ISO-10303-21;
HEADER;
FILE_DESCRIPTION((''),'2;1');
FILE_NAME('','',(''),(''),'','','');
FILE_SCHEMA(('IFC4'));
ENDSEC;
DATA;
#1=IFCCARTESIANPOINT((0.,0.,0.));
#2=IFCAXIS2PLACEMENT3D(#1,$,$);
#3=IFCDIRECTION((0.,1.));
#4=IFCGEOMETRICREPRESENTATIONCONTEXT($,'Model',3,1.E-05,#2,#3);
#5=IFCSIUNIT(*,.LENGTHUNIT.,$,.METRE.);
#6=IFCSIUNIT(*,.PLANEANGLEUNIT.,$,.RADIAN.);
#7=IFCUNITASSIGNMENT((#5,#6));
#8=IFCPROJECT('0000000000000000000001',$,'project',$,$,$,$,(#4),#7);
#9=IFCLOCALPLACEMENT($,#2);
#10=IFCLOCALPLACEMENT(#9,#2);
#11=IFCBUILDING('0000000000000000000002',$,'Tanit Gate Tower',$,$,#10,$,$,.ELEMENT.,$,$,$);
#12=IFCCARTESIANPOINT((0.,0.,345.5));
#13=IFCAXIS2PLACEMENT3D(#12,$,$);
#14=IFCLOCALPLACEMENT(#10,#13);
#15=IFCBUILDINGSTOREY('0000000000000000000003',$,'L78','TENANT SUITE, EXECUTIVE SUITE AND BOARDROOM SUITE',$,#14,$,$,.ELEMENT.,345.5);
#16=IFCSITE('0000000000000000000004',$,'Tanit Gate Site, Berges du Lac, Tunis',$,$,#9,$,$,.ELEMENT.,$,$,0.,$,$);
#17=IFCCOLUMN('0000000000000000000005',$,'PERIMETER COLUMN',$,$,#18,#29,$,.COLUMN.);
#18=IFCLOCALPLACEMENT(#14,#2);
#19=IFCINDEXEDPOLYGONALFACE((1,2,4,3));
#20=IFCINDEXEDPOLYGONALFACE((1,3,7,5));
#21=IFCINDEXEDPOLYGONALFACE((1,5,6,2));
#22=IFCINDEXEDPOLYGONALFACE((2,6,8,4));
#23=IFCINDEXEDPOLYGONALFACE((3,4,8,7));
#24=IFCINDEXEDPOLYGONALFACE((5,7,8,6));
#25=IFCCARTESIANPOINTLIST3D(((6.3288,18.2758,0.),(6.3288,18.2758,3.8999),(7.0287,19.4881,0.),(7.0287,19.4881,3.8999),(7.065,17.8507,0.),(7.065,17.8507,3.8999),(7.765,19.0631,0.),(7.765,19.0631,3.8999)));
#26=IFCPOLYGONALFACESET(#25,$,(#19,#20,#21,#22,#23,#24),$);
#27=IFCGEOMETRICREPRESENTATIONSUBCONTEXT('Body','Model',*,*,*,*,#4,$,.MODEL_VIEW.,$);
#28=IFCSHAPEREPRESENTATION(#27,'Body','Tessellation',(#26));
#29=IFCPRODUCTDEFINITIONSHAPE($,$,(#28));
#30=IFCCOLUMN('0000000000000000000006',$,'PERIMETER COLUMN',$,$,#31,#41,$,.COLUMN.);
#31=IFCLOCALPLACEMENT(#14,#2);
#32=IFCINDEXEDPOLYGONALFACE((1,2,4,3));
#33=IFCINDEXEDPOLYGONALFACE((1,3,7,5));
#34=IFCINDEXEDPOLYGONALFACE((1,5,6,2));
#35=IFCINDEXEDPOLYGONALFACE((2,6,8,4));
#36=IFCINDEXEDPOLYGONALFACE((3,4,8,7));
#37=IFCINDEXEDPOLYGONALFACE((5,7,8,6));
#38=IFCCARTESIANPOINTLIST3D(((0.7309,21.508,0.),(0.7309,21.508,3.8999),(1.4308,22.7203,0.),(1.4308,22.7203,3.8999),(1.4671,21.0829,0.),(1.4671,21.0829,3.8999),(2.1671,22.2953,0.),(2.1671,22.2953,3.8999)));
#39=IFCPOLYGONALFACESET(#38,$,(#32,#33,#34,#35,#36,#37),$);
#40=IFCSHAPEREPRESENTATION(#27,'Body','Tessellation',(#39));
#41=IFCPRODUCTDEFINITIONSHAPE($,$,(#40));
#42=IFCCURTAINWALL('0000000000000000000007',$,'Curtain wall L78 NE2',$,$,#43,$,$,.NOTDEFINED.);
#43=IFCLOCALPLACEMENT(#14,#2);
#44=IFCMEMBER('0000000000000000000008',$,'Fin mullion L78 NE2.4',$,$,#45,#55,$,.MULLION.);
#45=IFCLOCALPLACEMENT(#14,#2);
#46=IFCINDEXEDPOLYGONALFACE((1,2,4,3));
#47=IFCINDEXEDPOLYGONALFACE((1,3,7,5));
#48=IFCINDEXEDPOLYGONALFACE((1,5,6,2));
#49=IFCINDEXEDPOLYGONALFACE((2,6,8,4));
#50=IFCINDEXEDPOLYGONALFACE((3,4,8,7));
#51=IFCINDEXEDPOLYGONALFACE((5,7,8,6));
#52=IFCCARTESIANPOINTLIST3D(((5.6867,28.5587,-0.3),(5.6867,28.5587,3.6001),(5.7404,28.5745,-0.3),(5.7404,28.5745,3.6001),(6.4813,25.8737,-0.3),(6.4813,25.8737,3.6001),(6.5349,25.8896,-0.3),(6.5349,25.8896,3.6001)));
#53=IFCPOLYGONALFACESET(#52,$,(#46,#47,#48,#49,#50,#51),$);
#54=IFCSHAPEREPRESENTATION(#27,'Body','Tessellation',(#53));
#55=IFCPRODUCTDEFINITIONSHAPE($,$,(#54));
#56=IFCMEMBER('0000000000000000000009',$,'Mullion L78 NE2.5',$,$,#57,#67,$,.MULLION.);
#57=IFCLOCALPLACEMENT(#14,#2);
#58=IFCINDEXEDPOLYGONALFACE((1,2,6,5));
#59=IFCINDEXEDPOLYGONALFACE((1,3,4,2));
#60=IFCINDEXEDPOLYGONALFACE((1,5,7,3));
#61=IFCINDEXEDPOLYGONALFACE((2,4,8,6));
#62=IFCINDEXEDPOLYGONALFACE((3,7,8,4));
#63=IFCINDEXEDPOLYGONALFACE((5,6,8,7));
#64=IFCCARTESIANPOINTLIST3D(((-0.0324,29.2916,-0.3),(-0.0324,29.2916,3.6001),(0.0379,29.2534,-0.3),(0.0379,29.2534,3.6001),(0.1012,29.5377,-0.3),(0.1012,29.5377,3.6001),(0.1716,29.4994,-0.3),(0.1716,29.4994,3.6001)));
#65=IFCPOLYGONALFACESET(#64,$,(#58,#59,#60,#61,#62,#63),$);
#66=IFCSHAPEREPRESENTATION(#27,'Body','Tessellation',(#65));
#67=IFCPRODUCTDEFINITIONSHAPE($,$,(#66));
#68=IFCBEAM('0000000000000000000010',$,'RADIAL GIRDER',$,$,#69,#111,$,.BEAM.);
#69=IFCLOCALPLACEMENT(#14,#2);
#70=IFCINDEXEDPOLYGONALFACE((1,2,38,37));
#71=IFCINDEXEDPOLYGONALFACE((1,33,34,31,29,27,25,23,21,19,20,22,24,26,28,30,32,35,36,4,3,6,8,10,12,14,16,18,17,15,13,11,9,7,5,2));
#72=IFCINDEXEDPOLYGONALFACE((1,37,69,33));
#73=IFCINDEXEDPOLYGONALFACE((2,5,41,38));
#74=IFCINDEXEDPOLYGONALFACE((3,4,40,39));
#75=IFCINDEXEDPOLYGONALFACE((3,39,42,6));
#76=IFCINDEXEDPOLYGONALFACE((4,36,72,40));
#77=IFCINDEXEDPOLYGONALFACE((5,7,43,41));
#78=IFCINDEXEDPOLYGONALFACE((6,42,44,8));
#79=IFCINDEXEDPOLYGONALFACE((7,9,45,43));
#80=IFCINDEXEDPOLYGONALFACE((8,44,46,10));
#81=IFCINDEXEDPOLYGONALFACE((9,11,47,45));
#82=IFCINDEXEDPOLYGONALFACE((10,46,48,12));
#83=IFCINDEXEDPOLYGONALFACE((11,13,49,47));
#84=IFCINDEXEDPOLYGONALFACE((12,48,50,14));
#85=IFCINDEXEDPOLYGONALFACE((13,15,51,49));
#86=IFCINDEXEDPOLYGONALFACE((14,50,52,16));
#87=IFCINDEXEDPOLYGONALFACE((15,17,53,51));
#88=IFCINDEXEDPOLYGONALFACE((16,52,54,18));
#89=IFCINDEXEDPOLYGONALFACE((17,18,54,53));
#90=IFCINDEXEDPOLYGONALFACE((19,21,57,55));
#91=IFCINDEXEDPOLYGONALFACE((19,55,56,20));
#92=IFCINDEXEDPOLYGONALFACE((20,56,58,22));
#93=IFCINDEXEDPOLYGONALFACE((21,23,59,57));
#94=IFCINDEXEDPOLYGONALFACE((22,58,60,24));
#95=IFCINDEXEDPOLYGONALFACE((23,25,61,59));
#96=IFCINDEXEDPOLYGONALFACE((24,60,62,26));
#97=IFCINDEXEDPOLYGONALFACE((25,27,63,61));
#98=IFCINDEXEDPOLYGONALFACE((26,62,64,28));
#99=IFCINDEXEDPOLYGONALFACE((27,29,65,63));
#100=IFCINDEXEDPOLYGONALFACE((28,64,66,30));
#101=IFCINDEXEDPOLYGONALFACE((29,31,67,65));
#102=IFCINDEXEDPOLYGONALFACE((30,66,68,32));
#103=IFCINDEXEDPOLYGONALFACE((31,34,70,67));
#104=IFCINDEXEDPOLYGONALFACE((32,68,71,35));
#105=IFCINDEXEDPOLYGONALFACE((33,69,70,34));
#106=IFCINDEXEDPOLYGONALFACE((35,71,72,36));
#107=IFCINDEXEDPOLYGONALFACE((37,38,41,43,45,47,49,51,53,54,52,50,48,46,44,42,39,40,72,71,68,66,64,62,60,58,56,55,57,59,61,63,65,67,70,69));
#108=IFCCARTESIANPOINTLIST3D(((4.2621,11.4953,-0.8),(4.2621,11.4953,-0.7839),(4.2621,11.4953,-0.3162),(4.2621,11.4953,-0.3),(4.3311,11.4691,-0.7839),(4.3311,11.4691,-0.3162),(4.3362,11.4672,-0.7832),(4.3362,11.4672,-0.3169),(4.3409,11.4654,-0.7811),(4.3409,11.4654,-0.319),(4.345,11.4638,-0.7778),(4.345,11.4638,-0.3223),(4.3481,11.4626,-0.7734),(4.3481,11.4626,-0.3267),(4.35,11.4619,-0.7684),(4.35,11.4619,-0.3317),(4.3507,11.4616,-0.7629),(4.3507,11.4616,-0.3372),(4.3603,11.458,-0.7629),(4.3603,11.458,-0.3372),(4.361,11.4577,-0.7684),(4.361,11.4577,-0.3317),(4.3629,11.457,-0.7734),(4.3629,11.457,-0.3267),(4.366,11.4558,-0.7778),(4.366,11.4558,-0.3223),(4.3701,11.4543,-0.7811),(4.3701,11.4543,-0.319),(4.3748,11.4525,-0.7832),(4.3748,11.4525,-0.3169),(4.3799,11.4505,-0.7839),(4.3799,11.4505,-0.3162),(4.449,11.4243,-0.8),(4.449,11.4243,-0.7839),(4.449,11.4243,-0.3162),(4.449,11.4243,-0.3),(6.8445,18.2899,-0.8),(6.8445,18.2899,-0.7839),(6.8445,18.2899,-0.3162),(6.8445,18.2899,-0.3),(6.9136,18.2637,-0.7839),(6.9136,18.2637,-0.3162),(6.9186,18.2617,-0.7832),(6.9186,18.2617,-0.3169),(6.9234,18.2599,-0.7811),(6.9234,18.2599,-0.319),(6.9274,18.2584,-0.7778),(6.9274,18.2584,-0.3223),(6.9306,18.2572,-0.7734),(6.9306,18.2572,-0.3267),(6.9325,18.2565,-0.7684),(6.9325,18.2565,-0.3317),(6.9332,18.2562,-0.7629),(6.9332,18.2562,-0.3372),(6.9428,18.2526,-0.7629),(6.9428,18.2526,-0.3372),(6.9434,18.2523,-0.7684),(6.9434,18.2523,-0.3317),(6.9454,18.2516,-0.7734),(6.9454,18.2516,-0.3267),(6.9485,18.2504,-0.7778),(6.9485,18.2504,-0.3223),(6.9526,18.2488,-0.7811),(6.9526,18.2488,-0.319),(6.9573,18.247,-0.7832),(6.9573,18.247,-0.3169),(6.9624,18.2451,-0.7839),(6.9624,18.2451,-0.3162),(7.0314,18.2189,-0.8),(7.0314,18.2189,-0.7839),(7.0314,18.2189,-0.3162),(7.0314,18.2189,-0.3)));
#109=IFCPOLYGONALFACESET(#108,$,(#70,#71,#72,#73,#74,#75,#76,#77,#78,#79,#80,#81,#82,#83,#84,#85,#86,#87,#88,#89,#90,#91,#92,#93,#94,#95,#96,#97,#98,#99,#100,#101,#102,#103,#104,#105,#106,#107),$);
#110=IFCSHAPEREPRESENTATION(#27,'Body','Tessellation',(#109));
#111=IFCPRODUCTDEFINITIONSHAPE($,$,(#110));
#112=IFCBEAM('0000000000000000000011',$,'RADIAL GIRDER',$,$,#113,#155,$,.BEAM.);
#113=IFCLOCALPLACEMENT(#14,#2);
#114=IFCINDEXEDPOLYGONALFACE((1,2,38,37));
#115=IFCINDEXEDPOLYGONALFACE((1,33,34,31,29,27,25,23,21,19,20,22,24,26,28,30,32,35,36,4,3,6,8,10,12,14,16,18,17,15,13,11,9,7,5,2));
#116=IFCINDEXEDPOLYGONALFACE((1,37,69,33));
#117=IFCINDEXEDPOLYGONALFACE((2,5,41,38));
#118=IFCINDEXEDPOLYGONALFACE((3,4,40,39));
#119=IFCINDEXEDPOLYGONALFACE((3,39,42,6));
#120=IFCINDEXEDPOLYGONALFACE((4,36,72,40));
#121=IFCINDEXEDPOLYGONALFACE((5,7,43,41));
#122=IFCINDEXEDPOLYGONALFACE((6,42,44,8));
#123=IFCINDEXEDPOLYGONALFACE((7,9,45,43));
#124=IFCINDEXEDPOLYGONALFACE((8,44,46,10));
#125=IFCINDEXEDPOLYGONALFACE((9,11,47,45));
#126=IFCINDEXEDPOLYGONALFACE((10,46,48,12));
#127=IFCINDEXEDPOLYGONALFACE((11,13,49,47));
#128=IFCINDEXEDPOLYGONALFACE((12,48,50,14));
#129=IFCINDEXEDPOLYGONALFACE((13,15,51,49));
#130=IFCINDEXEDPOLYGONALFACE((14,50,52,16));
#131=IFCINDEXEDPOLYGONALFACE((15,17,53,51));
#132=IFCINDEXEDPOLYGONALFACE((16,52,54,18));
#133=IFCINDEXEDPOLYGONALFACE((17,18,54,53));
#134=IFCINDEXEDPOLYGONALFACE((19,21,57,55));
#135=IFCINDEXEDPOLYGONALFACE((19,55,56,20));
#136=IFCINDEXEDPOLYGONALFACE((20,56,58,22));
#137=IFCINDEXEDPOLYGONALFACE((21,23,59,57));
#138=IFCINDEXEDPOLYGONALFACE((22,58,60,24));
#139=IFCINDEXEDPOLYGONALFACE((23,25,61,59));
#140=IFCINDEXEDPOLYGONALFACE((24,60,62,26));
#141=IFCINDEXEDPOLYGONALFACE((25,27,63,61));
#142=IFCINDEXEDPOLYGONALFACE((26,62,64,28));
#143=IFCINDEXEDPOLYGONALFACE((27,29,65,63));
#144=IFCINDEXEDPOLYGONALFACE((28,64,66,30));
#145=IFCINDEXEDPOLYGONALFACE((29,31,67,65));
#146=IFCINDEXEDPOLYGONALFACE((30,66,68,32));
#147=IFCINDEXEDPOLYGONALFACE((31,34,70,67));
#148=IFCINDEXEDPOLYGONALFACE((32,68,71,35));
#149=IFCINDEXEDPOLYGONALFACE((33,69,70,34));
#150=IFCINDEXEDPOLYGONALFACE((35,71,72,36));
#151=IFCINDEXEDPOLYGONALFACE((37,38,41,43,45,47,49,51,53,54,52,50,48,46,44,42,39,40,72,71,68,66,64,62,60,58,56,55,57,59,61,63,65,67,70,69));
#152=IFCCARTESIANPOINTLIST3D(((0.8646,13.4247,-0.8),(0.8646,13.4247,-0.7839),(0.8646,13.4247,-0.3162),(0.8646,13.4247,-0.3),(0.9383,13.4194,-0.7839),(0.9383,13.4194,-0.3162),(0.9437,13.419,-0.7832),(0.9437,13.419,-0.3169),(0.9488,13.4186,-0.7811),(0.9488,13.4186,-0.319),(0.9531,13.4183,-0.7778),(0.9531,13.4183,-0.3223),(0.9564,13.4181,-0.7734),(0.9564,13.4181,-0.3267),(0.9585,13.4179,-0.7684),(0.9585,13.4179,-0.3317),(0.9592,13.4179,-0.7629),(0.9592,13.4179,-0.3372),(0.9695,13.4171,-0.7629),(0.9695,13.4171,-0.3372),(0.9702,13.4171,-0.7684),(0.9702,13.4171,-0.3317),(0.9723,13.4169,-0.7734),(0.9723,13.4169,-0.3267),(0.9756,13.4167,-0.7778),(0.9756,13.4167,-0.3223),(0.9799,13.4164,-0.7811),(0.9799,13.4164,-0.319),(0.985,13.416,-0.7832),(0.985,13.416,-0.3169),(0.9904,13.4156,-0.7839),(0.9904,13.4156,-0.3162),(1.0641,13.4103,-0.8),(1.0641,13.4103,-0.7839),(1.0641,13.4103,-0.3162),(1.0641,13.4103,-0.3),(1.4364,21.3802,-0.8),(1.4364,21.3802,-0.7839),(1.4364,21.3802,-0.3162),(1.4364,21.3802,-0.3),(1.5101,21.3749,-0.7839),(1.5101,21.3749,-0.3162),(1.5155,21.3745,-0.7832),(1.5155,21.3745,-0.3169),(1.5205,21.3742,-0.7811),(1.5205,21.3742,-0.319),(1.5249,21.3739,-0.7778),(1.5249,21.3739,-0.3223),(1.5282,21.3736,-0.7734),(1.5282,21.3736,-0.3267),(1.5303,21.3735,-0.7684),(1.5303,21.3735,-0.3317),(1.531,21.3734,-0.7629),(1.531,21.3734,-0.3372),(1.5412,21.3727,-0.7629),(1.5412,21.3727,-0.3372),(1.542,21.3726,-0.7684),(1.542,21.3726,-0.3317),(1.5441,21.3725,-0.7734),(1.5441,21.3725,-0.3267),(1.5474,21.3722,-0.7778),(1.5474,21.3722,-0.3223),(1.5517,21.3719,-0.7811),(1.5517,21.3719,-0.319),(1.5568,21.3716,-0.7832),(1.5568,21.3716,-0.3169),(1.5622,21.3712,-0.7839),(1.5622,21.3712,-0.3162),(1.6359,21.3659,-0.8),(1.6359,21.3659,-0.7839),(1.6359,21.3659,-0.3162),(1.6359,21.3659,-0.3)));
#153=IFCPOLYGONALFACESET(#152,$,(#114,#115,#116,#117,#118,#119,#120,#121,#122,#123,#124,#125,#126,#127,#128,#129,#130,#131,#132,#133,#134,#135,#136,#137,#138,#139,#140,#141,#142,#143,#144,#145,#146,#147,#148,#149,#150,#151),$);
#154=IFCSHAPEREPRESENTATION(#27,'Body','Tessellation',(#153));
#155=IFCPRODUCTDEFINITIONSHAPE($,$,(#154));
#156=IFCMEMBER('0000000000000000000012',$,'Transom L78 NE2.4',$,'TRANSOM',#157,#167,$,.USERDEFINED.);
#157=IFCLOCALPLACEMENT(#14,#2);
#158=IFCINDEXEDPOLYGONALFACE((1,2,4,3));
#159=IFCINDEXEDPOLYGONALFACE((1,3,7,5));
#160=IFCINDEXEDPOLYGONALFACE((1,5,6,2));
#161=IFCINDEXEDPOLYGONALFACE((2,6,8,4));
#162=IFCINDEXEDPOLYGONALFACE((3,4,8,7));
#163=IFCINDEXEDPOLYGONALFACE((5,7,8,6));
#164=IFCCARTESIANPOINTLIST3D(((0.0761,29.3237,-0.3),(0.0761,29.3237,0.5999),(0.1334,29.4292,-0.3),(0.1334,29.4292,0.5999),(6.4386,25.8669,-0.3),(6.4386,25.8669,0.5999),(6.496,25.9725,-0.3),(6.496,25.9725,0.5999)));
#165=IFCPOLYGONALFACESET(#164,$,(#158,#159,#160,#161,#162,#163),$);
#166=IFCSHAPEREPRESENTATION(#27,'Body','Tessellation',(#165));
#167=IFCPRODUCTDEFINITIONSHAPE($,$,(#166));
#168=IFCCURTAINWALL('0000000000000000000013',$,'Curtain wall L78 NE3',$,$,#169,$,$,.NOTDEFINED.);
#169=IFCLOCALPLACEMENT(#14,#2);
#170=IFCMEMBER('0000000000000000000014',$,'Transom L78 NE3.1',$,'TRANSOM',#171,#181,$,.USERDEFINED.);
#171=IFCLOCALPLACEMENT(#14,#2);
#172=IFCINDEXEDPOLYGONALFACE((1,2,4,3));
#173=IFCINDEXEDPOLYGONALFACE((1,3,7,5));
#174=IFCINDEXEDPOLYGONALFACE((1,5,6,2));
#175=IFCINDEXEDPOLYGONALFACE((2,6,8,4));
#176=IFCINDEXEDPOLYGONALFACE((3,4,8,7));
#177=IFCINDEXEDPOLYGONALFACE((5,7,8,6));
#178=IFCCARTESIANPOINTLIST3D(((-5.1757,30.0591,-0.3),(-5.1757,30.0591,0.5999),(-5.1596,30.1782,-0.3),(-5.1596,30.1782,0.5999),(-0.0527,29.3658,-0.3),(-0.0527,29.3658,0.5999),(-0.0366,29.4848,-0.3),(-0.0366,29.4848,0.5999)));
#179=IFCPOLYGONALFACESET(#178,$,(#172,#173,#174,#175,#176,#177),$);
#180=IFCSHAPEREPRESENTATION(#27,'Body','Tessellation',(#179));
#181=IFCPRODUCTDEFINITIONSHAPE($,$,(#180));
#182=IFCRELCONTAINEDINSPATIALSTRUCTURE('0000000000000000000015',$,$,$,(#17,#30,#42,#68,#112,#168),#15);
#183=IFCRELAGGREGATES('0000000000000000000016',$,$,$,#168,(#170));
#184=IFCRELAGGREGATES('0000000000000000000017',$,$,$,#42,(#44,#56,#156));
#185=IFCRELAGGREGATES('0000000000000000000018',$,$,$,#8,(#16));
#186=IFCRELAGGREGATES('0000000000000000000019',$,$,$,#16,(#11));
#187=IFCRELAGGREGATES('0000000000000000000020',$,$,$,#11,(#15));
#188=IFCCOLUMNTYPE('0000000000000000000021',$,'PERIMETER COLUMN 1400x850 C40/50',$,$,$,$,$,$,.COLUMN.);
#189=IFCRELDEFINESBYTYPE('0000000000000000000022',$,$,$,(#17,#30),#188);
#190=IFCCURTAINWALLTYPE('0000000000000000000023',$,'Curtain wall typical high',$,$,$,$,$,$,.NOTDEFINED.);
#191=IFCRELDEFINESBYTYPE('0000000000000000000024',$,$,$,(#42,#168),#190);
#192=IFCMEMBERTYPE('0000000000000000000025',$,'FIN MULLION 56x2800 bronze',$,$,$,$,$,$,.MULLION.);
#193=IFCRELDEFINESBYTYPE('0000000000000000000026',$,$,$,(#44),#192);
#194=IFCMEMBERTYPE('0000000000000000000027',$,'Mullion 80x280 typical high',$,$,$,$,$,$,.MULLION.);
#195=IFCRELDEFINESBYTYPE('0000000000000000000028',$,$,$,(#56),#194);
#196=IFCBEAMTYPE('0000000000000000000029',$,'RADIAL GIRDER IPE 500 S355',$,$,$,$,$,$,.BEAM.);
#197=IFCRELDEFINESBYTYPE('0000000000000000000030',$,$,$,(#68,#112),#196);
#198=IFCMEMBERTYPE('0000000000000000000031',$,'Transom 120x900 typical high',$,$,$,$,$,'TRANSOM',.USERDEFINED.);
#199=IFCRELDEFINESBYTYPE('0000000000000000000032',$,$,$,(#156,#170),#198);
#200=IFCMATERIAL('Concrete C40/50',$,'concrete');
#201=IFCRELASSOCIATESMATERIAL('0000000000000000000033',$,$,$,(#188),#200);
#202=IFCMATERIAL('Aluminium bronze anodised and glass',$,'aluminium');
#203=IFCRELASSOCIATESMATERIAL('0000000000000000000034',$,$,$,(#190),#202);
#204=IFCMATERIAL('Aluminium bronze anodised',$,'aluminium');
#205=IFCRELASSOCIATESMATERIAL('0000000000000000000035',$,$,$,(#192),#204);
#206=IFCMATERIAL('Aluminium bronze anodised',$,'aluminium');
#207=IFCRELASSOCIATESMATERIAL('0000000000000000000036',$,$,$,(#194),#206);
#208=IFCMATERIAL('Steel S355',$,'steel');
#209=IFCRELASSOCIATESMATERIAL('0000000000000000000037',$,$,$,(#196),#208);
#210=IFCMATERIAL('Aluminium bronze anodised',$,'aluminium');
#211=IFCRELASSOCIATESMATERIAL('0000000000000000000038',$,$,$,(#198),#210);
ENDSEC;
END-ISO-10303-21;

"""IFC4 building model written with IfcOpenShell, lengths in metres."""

from ifc_helpers import new_model, si_unit, direction, frame, origin, origin_2d, place, context, subcontext, project, spatial, rectangle, i_section, extrude, material, material_profile, profile_set, type_object, element, aggregate, save


model = new_model("IFC4")

# Units and contexts
model_context = context("Model", 3, precision=1e-05, world=origin(), true_north=direction((0.0, 1.0)))
body_context = subcontext(model_context, "Body", "Model", "MODEL_VIEW")
ifc_project = project(units=[si_unit("LENGTHUNIT", "METRE"), si_unit("PLANEANGLEUNIT", "RADIAN")], contexts=[model_context])

# Site, building, storey
site_placement = place(None, origin())
site = spatial("IfcSite", under=ifc_project, at=site_placement, Name="Tanit Gate Site, Berges du Lac, Tunis", CompositionType="ELEMENT", RefElevation=0.0)
building_placement = place(site_placement, origin())
building = spatial("IfcBuilding", under=site, at=building_placement, Name="Tanit Gate Tower", CompositionType="ELEMENT")
storey_placement = place(building_placement, frame((0.0, 0.0, 345.5)))
storey = spatial("IfcBuildingStorey", under=building, at=storey_placement, Name="L78", Description="TENANT SUITE, EXECUTIVE SUITE AND BOARDROOM SUITE", CompositionType="ELEMENT", Elevation=345.5)

# Columns
ifc_material_1 = material(Name="Concrete C40/50", Category="concrete")
ifc_material_profile_1 = material_profile(ifc_material_1, rectangle(XDim=1.3999, YDim=0.8501, at=origin_2d()), Name="RC 1400x850")
ifc_profile_set_1 = profile_set([ifc_material_profile_1], Name="Concrete C40/50")
column_type = type_object("IfcColumnType", Name="PERIMETER COLUMN 1400x850 C40/50", PredefinedType="COLUMN", material=ifc_profile_set_1)
for number, where, z_axis, x_axis, name in (
    (1, (7.0469, 18.6694, 0.0), (0.0, 0.0, 1.0), (0.5, 0.866025, 0.0), "PERIMETER COLUMN"),
    (2, (1.449, 21.9016, 0.0), (0.0, 0.0, 1.0), (0.5, 0.866025, 0.0), "PERIMETER COLUMN"),
):
    element("IfcColumn", number, at=place(storey_placement, frame(where, z_axis=z_axis, x_axis=x_axis)), inside=storey, type_object=column_type, Name=name, PredefinedType="COLUMN", context=body_context, shape_type="SweptSolid", body=[
        extrude(rectangle(XDim=1.3999, YDim=0.8501, at=origin_2d()), origin(), (0.0, 0.0, 1.0), 3.8999),
    ])

# Curtain wall, members
ifc_material_2 = material(Name="Aluminium bronze anodised and glass", Category="aluminium")
curtain_wall_type = type_object("IfcCurtainWallType", Name="Curtain wall typical high", PredefinedType="NOTDEFINED", material=ifc_material_2)
curtain_wall_1_placement = place(storey_placement, origin())
curtain_wall_1 = element("IfcCurtainWall", 3, at=curtain_wall_1_placement, inside=storey, type_object=curtain_wall_type, Name="Curtain wall L78 NE2", PredefinedType="NOTDEFINED")
ifc_material_3 = material(Name="Aluminium bronze anodised", Category="aluminium")
ifc_material_profile_2 = material_profile(ifc_material_3, rectangle(XDim=2.8, YDim=0.0559, at=origin_2d()), Name="56x2800 bronze fin mullion")
ifc_profile_set_2 = profile_set([ifc_material_profile_2], Name="Aluminium bronze anodised")
member_type_1 = type_object("IfcMemberType", Name="FIN MULLION 56x2800 bronze", PredefinedType="MULLION", material=ifc_profile_set_2)
member_1_placement = place(storey_placement, frame((6.1108, 27.2241, -0.3), z_axis=(0.0, 0.0, 1.0), x_axis=(0.283773, -0.958892, 0.0)))
member_1 = element("IfcMember", 4, at=member_1_placement, type_object=member_type_1, Name="Fin mullion L78 NE2.4", PredefinedType="MULLION", context=body_context, shape_type="SweptSolid", body=[
    extrude(rectangle(XDim=2.8, YDim=0.0559, at=origin_2d()), origin(), (0.0, 0.0, 1.0), 3.9001),
])
ifc_material_4 = material(Name="Aluminium bronze anodised", Category="aluminium")
ifc_material_profile_3 = material_profile(ifc_material_4, rectangle(XDim=0.28, YDim=0.0801, at=origin_2d()), Name="80x280 bronze mullion")
ifc_profile_set_3 = profile_set([ifc_material_profile_3], Name="Aluminium bronze anodised")
member_type_2 = type_object("IfcMemberType", Name="Mullion 80x280 typical high", PredefinedType="MULLION", material=ifc_profile_set_3)
member_2_placement = place(storey_placement, frame((0.0696, 29.3955, -0.3), z_axis=(0.0, 0.0, 1.0), x_axis=(-0.477381, -0.878696, 0.0)))
member_2 = element("IfcMember", 5, at=member_2_placement, type_object=member_type_2, Name="Mullion L78 NE2.5", PredefinedType="MULLION", context=body_context, shape_type="SweptSolid", body=[
    extrude(rectangle(XDim=0.28, YDim=0.0801, at=origin_2d()), origin(), (0.0, 0.0, 1.0), 3.9001),
])

# Beams
ifc_material_5 = material(Name="Steel S355", Category="steel")
ifc_material_profile_4 = material_profile(ifc_material_5, i_section(OverallWidth=0.2, OverallDepth=0.5, WebThickness=0.0103, FlangeThickness=0.0161, FilletRadius=0.021, at=origin_2d()), Name="IPE 500")
ifc_profile_set_4 = profile_set([ifc_material_profile_4], Name="Steel S355")
beam_type = type_object("IfcBeamType", Name="RADIAL GIRDER IPE 500 S355", PredefinedType="BEAM", material=ifc_profile_set_4)
beam_1_placement = place(storey_placement, frame((6.938, 18.2544, -0.55), z_axis=(-0.355283, -0.934759, 0.0), x_axis=(0.934759, -0.355283, 0.0)))
element("IfcBeam", 6, at=beam_1_placement, inside=storey, type_object=beam_type, Name="RADIAL GIRDER", PredefinedType="BEAM", context=body_context, shape_type="SweptSolid", body=[
    extrude(i_section(OverallWidth=0.2, OverallDepth=0.5, WebThickness=0.0103, FlangeThickness=0.0161, FilletRadius=0.021, at=origin_2d()), origin(), (0.0, 0.0, 1.0), 7.2688),
])
beam_2_placement = place(storey_placement, frame((1.5361, 21.373, -0.55), z_axis=(-0.071686, -0.997427, 0.0), x_axis=(0.997427, -0.071686, 0.0)))
element("IfcBeam", 7, at=beam_2_placement, inside=storey, type_object=beam_type, Name="RADIAL GIRDER", PredefinedType="BEAM", context=body_context, shape_type="SweptSolid", body=[
    extrude(i_section(OverallWidth=0.2, OverallDepth=0.5, WebThickness=0.0103, FlangeThickness=0.0161, FilletRadius=0.021, at=origin_2d()), origin(), (0.0, 0.0, 1.0), 7.9761),
])

# Member
ifc_material_6 = material(Name="Aluminium bronze anodised", Category="aluminium")
ifc_material_profile_5 = material_profile(ifc_material_6, rectangle(XDim=0.1201, YDim=0.8999, at=origin_2d()), Name="120x900 bronze transom")
ifc_profile_set_5 = profile_set([ifc_material_profile_5], Name="Aluminium bronze anodised")
member_type_3 = type_object("IfcMemberType", Name="Transom 120x900 typical high", ElementType="TRANSOM", PredefinedType="USERDEFINED", material=ifc_profile_set_5)
member_3_placement = place(storey_placement, frame((6.4673, 25.9197, 0.1499), z_axis=(-0.878689, 0.477394, 0.0), x_axis=(-0.477394, -0.878689, 0.0)))
member_3 = element("IfcMember", 8, at=member_3_placement, type_object=member_type_3, Name="Transom L78 NE2.4", ObjectType="TRANSOM", PredefinedType="USERDEFINED", context=body_context, shape_type="SweptSolid", body=[
    extrude(rectangle(XDim=0.1201, YDim=0.8999, at=origin_2d()), origin(), (0.0, 0.0, 1.0), 7.241),
])

# Curtain wall, member
curtain_wall_2_placement = place(storey_placement, origin())
curtain_wall_2 = element("IfcCurtainWall", 9, at=curtain_wall_2_placement, inside=storey, type_object=curtain_wall_type, Name="Curtain wall L78 NE3", PredefinedType="NOTDEFINED")
member_4_placement = place(storey_placement, frame((-0.0447, 29.4253, 0.1499), z_axis=(-0.990965, 0.134118, 0.0), x_axis=(-0.134118, -0.990965, 0.0)))
member_4 = element("IfcMember", 10, at=member_4_placement, type_object=member_type_3, Name="Transom L78 NE3.1", ObjectType="TRANSOM", PredefinedType="USERDEFINED", context=body_context, shape_type="SweptSolid", body=[
    extrude(rectangle(XDim=0.1201, YDim=0.8999, at=origin_2d()), origin(), (0.0, 0.0, 1.0), 5.1697),
])
aggregate(curtain_wall_2, [member_4])

aggregate(curtain_wall_1, [member_1, member_2, member_3])

save(model, "model.ifc")
